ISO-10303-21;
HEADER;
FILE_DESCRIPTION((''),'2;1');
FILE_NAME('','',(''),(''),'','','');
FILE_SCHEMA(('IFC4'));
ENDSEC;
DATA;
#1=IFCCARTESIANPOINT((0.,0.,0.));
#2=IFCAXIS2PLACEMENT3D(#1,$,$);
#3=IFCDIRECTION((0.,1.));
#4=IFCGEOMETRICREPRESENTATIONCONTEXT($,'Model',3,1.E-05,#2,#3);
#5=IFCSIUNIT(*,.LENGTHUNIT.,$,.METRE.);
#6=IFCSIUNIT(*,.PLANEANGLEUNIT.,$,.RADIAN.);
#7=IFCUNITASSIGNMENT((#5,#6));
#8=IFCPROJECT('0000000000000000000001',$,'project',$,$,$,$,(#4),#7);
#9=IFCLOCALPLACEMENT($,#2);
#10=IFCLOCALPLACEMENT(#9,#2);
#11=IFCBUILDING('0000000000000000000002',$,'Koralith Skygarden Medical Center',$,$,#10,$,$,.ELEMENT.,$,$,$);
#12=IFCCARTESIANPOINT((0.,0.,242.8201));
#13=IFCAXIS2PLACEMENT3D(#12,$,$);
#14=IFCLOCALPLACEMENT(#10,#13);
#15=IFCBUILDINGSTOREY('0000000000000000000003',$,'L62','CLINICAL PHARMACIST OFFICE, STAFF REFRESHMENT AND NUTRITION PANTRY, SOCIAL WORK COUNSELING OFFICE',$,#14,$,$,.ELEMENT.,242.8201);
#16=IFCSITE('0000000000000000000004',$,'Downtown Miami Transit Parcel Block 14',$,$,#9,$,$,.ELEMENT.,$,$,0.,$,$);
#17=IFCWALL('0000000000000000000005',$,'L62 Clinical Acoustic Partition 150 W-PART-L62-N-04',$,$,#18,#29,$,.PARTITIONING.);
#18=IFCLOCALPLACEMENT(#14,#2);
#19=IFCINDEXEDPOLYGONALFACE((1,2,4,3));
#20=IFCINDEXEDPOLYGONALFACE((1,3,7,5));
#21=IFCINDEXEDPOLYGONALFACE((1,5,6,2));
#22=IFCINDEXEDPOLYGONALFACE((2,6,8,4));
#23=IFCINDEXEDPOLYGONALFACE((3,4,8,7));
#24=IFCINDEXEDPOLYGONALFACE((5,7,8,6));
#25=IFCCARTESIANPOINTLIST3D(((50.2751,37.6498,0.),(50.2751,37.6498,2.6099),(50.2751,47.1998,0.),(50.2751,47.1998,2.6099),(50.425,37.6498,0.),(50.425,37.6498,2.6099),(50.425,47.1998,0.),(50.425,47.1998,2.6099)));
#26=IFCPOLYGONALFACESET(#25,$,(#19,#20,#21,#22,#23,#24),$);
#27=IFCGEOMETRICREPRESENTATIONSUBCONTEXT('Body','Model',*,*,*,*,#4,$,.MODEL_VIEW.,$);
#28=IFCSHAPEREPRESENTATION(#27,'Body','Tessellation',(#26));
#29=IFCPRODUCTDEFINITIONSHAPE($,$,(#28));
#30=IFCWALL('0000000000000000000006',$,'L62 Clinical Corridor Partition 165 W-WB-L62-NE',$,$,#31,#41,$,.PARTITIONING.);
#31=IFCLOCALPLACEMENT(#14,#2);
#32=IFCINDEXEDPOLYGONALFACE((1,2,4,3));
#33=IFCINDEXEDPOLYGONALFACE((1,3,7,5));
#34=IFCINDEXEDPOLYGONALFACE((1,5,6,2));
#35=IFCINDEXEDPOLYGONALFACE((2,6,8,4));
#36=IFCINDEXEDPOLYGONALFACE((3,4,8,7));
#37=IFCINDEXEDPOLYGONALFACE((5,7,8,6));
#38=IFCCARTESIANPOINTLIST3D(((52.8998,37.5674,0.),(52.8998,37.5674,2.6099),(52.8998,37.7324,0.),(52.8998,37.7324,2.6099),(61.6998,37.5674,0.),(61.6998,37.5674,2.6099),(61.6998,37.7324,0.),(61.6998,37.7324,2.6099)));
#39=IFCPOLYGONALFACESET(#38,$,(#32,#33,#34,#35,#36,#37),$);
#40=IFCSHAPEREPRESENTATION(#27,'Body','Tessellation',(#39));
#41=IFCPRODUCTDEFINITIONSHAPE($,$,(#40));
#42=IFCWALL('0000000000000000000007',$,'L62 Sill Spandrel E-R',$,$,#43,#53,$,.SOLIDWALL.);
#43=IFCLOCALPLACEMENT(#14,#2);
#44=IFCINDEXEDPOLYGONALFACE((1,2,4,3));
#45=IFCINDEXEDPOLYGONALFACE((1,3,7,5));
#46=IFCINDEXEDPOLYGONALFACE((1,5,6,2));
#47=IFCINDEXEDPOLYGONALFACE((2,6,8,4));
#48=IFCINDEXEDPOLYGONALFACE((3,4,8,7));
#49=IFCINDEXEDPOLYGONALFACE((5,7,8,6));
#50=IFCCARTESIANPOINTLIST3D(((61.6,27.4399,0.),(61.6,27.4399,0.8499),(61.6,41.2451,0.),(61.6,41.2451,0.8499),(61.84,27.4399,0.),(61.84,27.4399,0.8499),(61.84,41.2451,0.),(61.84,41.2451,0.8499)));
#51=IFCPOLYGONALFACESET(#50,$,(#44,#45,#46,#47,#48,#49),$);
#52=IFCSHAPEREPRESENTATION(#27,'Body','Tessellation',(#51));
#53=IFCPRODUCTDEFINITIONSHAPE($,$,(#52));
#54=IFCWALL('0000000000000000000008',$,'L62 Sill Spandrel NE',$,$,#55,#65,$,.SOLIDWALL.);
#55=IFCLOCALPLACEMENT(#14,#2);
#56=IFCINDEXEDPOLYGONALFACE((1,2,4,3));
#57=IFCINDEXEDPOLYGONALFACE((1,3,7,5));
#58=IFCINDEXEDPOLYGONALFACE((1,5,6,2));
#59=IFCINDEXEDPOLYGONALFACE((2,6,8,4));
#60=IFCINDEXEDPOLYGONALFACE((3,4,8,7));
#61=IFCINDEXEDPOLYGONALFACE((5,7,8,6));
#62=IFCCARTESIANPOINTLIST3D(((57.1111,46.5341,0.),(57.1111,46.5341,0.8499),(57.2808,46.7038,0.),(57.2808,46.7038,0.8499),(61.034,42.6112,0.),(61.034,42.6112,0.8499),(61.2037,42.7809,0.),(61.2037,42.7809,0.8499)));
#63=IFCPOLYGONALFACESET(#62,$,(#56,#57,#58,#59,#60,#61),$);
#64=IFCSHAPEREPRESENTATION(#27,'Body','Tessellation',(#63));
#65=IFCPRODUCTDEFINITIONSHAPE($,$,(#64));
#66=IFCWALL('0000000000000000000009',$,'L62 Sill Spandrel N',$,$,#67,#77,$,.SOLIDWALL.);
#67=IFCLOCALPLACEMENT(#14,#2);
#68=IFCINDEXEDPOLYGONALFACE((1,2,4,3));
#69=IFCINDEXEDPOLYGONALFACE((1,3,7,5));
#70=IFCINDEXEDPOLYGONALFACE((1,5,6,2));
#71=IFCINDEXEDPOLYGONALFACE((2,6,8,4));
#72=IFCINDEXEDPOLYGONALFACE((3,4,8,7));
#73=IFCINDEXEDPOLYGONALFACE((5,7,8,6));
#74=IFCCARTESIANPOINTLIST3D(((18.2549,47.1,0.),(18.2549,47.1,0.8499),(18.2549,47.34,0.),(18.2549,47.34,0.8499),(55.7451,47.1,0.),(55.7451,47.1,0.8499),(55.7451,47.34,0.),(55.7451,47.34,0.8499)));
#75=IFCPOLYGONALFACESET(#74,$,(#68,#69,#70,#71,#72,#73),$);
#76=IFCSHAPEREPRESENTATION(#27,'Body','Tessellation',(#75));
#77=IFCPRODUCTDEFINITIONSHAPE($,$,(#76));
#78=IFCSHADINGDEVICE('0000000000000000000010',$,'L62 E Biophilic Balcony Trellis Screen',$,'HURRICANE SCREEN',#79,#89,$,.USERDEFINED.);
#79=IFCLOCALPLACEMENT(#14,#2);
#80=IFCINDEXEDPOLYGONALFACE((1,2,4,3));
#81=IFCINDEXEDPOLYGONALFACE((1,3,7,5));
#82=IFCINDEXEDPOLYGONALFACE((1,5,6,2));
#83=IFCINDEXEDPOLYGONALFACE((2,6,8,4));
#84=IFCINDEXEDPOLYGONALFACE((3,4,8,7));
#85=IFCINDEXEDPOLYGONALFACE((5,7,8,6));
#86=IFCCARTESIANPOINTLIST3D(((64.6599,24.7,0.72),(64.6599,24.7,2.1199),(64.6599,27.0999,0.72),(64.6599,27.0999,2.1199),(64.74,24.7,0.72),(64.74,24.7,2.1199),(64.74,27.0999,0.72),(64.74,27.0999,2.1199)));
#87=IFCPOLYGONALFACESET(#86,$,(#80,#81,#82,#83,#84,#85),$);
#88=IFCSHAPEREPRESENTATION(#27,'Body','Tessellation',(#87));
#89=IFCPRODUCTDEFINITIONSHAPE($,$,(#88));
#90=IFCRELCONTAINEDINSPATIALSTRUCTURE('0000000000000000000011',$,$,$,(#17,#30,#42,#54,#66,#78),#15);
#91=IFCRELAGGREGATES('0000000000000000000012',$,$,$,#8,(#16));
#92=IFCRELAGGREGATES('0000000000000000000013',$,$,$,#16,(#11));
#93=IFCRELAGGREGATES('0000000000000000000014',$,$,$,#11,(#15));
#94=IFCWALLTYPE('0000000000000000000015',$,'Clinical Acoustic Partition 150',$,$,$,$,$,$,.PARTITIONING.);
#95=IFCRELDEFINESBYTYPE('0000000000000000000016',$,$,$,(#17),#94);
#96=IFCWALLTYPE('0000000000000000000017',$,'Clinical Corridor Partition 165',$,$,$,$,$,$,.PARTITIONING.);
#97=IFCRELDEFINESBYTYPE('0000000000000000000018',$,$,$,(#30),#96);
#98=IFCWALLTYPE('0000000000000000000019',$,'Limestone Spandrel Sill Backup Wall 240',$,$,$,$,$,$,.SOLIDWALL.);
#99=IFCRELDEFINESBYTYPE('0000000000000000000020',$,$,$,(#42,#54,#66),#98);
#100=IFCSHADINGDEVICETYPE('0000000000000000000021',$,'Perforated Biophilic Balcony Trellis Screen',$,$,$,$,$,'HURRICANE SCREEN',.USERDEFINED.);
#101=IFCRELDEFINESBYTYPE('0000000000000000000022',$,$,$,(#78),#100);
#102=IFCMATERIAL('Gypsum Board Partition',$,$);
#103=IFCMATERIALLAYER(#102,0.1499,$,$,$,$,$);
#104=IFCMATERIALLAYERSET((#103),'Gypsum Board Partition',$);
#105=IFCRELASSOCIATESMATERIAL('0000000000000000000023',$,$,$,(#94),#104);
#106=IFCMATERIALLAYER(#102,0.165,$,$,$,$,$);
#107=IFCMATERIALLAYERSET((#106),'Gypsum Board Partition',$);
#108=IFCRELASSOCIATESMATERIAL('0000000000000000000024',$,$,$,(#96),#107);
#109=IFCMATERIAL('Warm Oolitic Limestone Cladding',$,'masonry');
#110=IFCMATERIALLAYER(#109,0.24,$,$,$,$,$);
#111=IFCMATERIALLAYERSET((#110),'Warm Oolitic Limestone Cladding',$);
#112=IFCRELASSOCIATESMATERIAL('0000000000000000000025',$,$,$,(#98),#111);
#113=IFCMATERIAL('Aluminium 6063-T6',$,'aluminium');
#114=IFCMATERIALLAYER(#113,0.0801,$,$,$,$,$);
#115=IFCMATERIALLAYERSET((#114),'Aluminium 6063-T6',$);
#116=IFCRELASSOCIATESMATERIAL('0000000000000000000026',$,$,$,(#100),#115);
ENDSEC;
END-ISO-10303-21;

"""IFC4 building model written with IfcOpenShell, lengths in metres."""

from ifc_helpers import new_model, si_unit, direction, frame, frame_2d, origin, origin_2d, place, context, subcontext, project, spatial, rectangle, extrude, material, layer, layer_set, type_object, element, save


model = new_model("IFC4")

# Units and contexts
model_context = context("Model", 3, precision=1e-05, world=origin(), true_north=direction((0.0, 1.0)))
body_context = subcontext(model_context, "Body", "Model", "MODEL_VIEW")
ifc_project = project(units=[si_unit("LENGTHUNIT", "METRE"), si_unit("PLANEANGLEUNIT", "RADIAN")], contexts=[model_context])

# Site, building, storey
site_placement = place(None, origin())
site = spatial("IfcSite", under=ifc_project, at=site_placement, Name="Downtown Miami Transit Parcel Block 14", CompositionType="ELEMENT", RefElevation=0.0)
building_placement = place(site_placement, origin())
building = spatial("IfcBuilding", under=site, at=building_placement, Name="Koralith Skygarden Medical Center", CompositionType="ELEMENT")
storey_placement = place(building_placement, frame((0.0, 0.0, 242.8201)))
storey = spatial("IfcBuildingStorey", under=building, at=storey_placement, Name="L62", Description="CLINICAL PHARMACIST OFFICE, STAFF REFRESHMENT AND NUTRITION PANTRY, SOCIAL WORK COUNSELING OFFICE", CompositionType="ELEMENT", Elevation=242.8201)

# Shared definitions
ifc_material_1 = material(Name="Aluminium 6063-T6", Category="aluminium")

# Shared definitions
ifc_material_2 = material(Name="Warm Oolitic Limestone Cladding", Category="masonry")

# Walls
ifc_material_3 = material(Name="Gypsum Board Partition")
ifc_layer_1 = layer(ifc_material_3, 0.1499)
ifc_layer_set_1 = layer_set([ifc_layer_1], Name="Gypsum Board Partition")
wall_type_1 = type_object("IfcWallType", Name="Clinical Acoustic Partition 150", PredefinedType="PARTITIONING", material=ifc_layer_set_1)
wall_1_placement = place(storey_placement, frame((50.3501, 37.6499, 0.0), z_axis=(0.0, 0.0, 1.0), x_axis=(0.0, 1.0, 0.0)))
element("IfcWall", 1, at=wall_1_placement, inside=storey, type_object=wall_type_1, Name="L62 Clinical Acoustic Partition 150 W-PART-L62-N-04", PredefinedType="PARTITIONING", context=body_context, shape_type="SweptSolid", body=[
    extrude(rectangle(XDim=9.55, YDim=0.1499, at=frame_2d((4.7749, 0.0))), origin(), (0.0, 0.0, 1.0), 2.6099),
])
ifc_layer_2 = layer(ifc_material_3, 0.165)
ifc_layer_set_2 = layer_set([ifc_layer_2], Name="Gypsum Board Partition")
wall_type_2 = type_object("IfcWallType", Name="Clinical Corridor Partition 165", PredefinedType="PARTITIONING", material=ifc_layer_set_2)
wall_2_placement = place(storey_placement, frame((52.8999, 37.6499, 0.0), z_axis=(0.0, 0.0, 1.0), x_axis=(1.0, 0.0, 0.0)))
element("IfcWall", 2, at=wall_2_placement, inside=storey, type_object=wall_type_2, Name="L62 Clinical Corridor Partition 165 W-WB-L62-NE", PredefinedType="PARTITIONING", context=body_context, shape_type="SweptSolid", body=[
    extrude(rectangle(XDim=8.8, YDim=0.165, at=frame_2d((4.3999, 0.0))), origin(), (0.0, 0.0, 1.0), 2.6099),
])

# Walls
ifc_layer_3 = layer(ifc_material_2, 0.24)
ifc_layer_set_3 = layer_set([ifc_layer_3], Name="Warm Oolitic Limestone Cladding")
wall_type_3 = type_object("IfcWallType", Name="Limestone Spandrel Sill Backup Wall 240", PredefinedType="SOLIDWALL", material=ifc_layer_set_3)
wall_3_placement = place(storey_placement, frame((61.72, 27.4399, 0.0), z_axis=(0.0, 0.0, 1.0), x_axis=(0.0, 1.0, 0.0)))
element("IfcWall", 3, at=wall_3_placement, inside=storey, type_object=wall_type_3, Name="L62 Sill Spandrel E-R", PredefinedType="SOLIDWALL", context=body_context, shape_type="SweptSolid", body=[
    extrude(rectangle(XDim=13.8052, YDim=0.24, at=frame_2d((6.9026, 0.0))), origin(), (0.0, 0.0, 1.0), 0.8499),
])
wall_4_placement = place(storey_placement, frame((61.1189, 42.696, 0.0), z_axis=(0.0, 0.0, 1.0), x_axis=(-0.707107, 0.707107, 0.0)))
element("IfcWall", 4, at=wall_4_placement, inside=storey, type_object=wall_type_3, Name="L62 Sill Spandrel NE", PredefinedType="SOLIDWALL", context=body_context, shape_type="SweptSolid", body=[
    extrude(rectangle(XDim=5.5479, YDim=0.24, at=frame_2d((2.7739, 0.0))), origin(), (0.0, 0.0, 1.0), 0.8499),
])
wall_5_placement = place(storey_placement, frame((55.7451, 47.22, 0.0), z_axis=(0.0, 0.0, 1.0), x_axis=(-1.0, 0.0, 0.0)))
element("IfcWall", 5, at=wall_5_placement, inside=storey, type_object=wall_type_3, Name="L62 Sill Spandrel N", PredefinedType="SOLIDWALL", context=body_context, shape_type="SweptSolid", body=[
    extrude(rectangle(XDim=37.4902, YDim=0.24, at=frame_2d((18.7451, 0.0))), origin(), (0.0, 0.0, 1.0), 0.8499),
])

# Shading device
ifc_layer_4 = layer(ifc_material_1, 0.0801)
ifc_layer_set_4 = layer_set([ifc_layer_4], Name="Aluminium 6063-T6")
shading_device_type = type_object("IfcShadingDeviceType", Name="Perforated Biophilic Balcony Trellis Screen", ElementType="HURRICANE SCREEN", PredefinedType="USERDEFINED", material=ifc_layer_set_4)
shading_device_placement = place(storey_placement, frame((64.7, 25.8999, 0.72), z_axis=(0.0, 0.0, 1.0), x_axis=(0.0, 1.0, 0.0)))
element("IfcShadingDevice", 6, at=shading_device_placement, inside=storey, type_object=shading_device_type, Name="L62 E Biophilic Balcony Trellis Screen", ObjectType="HURRICANE SCREEN", PredefinedType="USERDEFINED", context=body_context, shape_type="SweptSolid", body=[
    extrude(rectangle(XDim=2.3999, YDim=0.0801, at=origin_2d()), origin(), (0.0, 0.0, 1.0), 1.3999),
])

save(model, "model.ifc")
